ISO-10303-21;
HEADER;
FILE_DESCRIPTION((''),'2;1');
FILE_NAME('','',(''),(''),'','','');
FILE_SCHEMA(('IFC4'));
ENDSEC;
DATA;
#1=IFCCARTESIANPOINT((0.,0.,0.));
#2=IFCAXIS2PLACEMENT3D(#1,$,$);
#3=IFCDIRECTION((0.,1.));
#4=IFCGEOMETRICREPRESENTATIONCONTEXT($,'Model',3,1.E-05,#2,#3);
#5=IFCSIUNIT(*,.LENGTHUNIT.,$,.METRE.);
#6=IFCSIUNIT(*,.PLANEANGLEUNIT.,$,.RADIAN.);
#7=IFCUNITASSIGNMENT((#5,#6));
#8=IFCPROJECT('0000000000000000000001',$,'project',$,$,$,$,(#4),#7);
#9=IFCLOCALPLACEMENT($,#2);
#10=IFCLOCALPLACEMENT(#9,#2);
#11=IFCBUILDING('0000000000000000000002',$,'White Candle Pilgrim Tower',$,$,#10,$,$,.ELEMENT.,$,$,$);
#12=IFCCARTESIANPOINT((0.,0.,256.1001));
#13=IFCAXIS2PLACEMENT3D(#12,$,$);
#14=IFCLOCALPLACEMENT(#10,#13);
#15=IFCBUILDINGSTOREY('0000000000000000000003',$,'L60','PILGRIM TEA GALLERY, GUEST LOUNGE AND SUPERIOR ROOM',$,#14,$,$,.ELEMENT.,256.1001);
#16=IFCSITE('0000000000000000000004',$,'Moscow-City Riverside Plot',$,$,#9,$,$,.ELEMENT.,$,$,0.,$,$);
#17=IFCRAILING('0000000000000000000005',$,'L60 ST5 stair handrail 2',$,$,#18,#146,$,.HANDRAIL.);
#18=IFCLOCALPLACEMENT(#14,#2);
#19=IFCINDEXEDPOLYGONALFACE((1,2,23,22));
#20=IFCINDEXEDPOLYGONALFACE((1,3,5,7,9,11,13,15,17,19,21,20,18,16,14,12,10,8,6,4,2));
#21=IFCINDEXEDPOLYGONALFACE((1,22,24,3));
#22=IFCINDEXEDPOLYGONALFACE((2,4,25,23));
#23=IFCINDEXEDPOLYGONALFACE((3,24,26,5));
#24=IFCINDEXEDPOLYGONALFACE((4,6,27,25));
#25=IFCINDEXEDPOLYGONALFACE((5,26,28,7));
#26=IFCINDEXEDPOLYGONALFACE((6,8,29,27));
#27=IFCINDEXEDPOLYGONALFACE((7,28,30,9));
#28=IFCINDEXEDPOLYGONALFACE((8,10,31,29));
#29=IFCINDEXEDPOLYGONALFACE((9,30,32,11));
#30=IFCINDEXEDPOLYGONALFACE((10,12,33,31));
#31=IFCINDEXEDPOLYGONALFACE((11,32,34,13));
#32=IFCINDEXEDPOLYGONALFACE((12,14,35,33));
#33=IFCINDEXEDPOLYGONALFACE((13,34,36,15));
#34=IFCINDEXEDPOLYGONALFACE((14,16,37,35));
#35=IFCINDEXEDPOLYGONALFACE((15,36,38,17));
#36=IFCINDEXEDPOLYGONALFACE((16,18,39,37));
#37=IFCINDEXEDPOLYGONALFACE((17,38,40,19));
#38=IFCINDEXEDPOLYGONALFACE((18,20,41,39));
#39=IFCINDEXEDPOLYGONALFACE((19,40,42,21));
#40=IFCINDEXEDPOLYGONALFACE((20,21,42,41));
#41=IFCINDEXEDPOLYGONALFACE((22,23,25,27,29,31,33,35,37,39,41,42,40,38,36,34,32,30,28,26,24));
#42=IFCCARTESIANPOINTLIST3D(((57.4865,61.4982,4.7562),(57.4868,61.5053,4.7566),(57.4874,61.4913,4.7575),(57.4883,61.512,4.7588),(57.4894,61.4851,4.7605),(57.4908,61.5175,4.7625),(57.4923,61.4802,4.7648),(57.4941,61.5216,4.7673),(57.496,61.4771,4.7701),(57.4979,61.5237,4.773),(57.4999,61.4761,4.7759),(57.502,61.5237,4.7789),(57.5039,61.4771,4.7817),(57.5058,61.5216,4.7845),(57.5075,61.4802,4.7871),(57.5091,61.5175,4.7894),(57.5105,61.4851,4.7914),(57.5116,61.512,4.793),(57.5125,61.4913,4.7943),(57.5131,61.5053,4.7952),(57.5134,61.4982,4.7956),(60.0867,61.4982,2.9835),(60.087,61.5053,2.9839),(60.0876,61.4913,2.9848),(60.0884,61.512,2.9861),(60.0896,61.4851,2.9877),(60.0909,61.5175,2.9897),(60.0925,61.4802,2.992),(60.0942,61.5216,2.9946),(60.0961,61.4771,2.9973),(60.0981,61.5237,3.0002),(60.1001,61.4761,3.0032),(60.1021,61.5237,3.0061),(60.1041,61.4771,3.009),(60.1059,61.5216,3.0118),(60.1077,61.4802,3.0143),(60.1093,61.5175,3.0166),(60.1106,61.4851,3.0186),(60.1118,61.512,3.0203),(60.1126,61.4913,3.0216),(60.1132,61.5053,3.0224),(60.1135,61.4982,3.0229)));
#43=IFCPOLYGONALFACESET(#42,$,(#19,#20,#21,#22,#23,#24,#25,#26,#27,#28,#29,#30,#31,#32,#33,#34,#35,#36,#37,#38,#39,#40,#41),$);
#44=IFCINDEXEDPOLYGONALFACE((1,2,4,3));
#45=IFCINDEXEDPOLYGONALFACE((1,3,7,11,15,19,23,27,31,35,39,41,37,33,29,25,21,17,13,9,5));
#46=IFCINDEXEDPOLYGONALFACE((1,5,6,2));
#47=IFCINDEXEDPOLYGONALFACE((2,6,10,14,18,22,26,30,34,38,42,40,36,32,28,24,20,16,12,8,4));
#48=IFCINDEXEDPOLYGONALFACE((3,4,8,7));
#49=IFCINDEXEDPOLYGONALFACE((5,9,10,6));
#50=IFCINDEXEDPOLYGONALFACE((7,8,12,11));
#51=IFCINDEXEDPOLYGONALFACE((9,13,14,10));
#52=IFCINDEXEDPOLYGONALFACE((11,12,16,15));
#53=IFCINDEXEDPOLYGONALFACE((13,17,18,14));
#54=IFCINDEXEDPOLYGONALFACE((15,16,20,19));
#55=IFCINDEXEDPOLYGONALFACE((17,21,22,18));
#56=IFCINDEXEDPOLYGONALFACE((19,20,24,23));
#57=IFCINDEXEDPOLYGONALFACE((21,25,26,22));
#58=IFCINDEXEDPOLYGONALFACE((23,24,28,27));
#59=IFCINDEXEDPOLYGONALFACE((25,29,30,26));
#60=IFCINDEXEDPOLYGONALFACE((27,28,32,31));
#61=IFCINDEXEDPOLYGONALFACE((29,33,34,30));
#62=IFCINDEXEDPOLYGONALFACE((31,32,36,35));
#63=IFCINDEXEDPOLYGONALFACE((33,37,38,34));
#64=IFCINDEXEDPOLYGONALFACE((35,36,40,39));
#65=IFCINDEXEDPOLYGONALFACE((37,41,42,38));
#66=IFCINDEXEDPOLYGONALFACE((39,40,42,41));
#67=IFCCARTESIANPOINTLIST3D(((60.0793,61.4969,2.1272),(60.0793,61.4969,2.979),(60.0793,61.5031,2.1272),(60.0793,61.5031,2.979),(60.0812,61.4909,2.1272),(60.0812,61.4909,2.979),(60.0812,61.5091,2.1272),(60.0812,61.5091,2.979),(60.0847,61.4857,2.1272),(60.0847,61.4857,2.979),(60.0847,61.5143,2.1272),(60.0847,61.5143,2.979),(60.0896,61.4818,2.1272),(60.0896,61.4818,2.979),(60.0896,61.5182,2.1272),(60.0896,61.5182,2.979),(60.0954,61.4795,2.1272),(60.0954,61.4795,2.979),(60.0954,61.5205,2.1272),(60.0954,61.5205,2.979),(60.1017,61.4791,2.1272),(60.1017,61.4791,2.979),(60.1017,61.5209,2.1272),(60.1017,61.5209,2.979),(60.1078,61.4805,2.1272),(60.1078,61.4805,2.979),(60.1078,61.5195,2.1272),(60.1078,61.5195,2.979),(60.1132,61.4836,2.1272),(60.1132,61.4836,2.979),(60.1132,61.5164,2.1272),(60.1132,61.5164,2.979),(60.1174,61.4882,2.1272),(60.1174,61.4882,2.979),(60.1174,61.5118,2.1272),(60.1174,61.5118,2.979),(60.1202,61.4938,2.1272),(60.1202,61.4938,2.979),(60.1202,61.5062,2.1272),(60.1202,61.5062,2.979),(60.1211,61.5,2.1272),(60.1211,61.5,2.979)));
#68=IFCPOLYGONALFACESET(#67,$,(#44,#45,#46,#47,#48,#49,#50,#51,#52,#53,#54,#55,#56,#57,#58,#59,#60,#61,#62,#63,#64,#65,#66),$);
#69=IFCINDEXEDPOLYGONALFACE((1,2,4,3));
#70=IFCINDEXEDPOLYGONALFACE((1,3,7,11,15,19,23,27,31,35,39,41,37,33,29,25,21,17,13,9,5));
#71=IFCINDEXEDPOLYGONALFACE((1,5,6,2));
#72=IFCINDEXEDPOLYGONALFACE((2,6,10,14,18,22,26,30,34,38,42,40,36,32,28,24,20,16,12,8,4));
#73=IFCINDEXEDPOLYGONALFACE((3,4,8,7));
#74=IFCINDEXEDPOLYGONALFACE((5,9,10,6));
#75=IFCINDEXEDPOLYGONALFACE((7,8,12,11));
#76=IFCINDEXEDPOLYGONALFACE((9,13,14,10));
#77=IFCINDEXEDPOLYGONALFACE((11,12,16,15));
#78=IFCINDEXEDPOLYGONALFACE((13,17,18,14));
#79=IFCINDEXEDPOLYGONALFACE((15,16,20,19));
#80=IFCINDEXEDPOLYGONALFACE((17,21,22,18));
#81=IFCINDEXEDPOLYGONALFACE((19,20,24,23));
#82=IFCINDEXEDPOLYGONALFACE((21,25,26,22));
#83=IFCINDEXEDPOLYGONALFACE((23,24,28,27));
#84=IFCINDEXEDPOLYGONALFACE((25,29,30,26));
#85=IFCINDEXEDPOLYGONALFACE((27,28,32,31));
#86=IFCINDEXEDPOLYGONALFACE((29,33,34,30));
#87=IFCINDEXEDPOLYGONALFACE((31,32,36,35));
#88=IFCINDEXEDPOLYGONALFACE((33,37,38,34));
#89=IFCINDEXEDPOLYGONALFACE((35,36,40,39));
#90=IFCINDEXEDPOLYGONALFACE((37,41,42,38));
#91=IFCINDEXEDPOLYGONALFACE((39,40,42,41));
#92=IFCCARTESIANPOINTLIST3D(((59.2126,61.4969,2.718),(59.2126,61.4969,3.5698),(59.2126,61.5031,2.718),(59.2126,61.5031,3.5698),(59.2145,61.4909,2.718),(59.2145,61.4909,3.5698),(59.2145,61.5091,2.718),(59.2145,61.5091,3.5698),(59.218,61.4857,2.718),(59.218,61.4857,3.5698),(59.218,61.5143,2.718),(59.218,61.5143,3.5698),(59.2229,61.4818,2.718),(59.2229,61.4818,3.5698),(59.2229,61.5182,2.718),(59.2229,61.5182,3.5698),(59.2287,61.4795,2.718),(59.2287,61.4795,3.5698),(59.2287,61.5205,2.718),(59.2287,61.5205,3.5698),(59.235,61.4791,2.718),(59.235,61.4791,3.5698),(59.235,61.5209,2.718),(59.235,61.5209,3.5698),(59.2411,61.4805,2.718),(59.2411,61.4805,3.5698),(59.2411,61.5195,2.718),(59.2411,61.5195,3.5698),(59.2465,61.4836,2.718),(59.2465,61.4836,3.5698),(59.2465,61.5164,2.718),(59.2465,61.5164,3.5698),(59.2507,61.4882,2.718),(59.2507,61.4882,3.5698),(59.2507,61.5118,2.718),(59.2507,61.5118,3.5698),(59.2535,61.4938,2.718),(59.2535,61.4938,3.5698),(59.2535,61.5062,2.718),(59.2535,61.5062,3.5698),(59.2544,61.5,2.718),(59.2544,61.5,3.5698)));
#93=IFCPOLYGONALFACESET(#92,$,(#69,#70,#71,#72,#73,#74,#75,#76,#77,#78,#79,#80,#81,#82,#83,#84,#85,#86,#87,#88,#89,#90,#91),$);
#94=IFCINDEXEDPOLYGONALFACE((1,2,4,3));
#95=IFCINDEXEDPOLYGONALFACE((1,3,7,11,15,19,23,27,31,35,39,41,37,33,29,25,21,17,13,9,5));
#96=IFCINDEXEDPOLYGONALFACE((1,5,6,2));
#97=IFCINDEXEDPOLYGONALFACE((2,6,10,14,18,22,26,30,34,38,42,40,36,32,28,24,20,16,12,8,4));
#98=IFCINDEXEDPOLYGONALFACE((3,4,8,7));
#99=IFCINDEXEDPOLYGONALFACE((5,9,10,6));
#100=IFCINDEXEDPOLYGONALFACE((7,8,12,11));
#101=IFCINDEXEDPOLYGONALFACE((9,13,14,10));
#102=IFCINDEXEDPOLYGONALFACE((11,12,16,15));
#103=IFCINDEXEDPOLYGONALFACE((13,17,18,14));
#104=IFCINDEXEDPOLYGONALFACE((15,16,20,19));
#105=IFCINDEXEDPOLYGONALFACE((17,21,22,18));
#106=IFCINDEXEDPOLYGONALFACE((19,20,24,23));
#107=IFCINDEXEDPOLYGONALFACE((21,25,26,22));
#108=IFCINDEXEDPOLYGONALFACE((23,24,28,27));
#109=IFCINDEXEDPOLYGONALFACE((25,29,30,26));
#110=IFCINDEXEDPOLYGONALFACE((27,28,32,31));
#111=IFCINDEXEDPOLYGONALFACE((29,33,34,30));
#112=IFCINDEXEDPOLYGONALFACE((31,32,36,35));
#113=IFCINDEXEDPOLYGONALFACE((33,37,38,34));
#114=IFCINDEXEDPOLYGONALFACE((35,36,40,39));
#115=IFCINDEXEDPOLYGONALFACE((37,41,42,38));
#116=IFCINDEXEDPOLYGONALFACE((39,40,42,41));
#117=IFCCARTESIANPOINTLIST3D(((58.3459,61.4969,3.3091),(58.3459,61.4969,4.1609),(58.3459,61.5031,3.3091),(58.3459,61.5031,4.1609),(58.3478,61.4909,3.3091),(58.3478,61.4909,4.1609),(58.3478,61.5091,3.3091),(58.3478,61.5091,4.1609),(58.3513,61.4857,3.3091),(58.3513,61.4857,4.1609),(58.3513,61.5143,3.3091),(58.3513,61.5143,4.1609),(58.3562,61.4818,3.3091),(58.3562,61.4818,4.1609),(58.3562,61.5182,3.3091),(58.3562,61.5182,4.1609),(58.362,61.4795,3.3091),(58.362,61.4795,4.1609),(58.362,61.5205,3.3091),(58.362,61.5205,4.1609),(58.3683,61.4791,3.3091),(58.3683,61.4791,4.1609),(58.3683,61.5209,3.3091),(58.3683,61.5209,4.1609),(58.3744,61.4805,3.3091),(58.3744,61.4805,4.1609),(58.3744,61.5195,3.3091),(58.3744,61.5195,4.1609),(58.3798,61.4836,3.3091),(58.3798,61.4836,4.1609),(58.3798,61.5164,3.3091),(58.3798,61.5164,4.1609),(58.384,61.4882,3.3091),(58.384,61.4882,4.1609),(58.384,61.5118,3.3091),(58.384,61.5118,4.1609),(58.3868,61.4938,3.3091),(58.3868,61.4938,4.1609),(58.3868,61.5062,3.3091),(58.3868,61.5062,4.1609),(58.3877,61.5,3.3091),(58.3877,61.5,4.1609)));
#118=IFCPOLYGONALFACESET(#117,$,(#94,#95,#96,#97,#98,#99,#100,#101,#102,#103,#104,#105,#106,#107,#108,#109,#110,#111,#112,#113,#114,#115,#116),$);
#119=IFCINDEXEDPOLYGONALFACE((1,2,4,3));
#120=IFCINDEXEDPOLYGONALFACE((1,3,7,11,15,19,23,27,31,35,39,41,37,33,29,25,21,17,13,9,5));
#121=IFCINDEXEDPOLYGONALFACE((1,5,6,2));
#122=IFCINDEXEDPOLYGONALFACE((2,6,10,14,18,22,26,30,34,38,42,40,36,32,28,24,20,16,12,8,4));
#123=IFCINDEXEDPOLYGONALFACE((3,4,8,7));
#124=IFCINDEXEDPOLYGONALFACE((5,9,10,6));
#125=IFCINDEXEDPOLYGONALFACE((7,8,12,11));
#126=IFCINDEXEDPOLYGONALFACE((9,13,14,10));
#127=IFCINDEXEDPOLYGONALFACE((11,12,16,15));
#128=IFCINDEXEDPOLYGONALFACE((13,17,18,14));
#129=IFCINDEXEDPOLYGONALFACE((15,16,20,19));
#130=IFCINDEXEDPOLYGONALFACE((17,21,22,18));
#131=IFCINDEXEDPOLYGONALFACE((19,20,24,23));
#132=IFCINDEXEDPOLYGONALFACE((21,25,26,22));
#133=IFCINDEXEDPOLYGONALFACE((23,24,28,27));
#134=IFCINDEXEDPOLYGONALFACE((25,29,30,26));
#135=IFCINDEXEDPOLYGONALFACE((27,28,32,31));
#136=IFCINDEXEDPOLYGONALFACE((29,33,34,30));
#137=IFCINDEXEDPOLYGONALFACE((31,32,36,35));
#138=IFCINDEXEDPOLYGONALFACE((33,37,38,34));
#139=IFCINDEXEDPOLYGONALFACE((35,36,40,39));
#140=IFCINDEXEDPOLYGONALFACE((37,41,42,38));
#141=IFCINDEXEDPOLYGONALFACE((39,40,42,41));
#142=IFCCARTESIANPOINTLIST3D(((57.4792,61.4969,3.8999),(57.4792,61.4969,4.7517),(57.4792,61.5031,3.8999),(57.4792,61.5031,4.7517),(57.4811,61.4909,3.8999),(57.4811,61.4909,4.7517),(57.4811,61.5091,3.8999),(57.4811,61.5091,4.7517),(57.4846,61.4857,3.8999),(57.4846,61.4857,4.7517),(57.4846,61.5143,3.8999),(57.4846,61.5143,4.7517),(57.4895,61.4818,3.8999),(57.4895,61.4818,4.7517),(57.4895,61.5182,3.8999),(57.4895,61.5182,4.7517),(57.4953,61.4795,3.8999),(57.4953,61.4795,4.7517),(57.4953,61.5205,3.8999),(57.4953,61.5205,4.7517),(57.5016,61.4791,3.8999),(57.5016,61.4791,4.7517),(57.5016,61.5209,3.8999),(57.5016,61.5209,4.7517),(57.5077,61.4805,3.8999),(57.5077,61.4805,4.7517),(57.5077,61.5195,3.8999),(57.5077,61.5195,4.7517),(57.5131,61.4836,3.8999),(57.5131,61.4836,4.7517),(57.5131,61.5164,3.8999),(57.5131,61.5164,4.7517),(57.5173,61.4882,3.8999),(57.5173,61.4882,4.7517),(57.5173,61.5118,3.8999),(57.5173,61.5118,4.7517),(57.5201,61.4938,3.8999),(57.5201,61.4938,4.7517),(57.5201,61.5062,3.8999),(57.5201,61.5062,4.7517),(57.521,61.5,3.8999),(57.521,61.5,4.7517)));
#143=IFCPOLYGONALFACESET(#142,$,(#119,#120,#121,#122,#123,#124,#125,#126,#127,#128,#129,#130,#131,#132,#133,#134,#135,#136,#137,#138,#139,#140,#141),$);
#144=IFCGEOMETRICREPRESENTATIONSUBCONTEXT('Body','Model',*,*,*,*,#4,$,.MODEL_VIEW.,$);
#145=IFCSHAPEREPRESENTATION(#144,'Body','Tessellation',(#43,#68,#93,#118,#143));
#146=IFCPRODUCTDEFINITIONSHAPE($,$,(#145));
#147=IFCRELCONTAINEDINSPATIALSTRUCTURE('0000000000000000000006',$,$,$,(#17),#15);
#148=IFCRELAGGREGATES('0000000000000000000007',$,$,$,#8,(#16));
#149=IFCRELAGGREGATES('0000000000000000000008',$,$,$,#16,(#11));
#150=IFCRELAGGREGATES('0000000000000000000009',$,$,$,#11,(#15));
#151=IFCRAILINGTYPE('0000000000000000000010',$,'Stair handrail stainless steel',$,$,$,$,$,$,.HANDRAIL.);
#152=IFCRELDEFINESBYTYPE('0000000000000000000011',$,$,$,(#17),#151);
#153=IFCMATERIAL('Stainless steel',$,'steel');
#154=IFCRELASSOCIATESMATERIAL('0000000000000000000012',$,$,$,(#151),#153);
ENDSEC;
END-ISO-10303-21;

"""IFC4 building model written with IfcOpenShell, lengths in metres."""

from ifc_helpers import new_model, si_unit, direction, frame, origin, origin_2d, place, context, subcontext, project, spatial, circle, extrude, material, type_object, element, save


model = new_model("IFC4")

# Units and contexts
model_context = context("Model", 3, precision=1e-05, world=origin(), true_north=direction((0.0, 1.0)))
body_context = subcontext(model_context, "Body", "Model", "MODEL_VIEW")
ifc_project = project(units=[si_unit("LENGTHUNIT", "METRE"), si_unit("PLANEANGLEUNIT", "RADIAN")], contexts=[model_context])

# Site, building, storey
site_placement = place(None, origin())
site = spatial("IfcSite", under=ifc_project, at=site_placement, Name="Moscow-City Riverside Plot", CompositionType="ELEMENT", RefElevation=0.0)
building_placement = place(site_placement, origin())
building = spatial("IfcBuilding", under=site, at=building_placement, Name="White Candle Pilgrim Tower", CompositionType="ELEMENT")
storey_placement = place(building_placement, frame((0.0, 0.0, 256.1001)))
storey = spatial("IfcBuildingStorey", under=building, at=storey_placement, Name="L60", Description="PILGRIM TEA GALLERY, GUEST LOUNGE AND SUPERIOR ROOM", CompositionType="ELEMENT", Elevation=256.1001)

# Railing
ifc_material_1 = material(Name="Stainless steel", Category="steel")
railing_type_1 = type_object("IfcRailingType", Name="Stair handrail stainless steel", PredefinedType="HANDRAIL", material=ifc_material_1)
railing_1_placement = place(storey_placement, frame((60.1001, 61.5, 2.1272)))
element("IfcRailing", 1, at=railing_1_placement, inside=storey, type_object=railing_type_1, Name="L60 ST5 stair handrail 2", PredefinedType="HANDRAIL", context=body_context, shape_type="SweptSolid", body=[
    extrude(circle(Radius=0.0239, at=origin_2d()), frame((0.0, 0.0, 0.876), z_axis=(-0.82624, 0.0, 0.563318), x_axis=(0.0, -1.0, 0.0)), (0.0, 0.0, 1.0), 3.147),
    extrude(circle(Radius=0.021, at=origin_2d()), origin(), (0.0, 0.0, 1.0), 0.8518),
    extrude(circle(Radius=0.021, at=origin_2d()), frame((-0.8667, 0.0, 0.5908)), (0.0, 0.0, 1.0), 0.8518),
    extrude(circle(Radius=0.021, at=origin_2d()), frame((-1.7334, 0.0, 1.1819)), (0.0, 0.0, 1.0), 0.8518),
    extrude(circle(Radius=0.021, at=origin_2d()), frame((-2.6001, 0.0, 1.7727)), (0.0, 0.0, 1.0), 0.8518),
])

save(model, "model.ifc")
